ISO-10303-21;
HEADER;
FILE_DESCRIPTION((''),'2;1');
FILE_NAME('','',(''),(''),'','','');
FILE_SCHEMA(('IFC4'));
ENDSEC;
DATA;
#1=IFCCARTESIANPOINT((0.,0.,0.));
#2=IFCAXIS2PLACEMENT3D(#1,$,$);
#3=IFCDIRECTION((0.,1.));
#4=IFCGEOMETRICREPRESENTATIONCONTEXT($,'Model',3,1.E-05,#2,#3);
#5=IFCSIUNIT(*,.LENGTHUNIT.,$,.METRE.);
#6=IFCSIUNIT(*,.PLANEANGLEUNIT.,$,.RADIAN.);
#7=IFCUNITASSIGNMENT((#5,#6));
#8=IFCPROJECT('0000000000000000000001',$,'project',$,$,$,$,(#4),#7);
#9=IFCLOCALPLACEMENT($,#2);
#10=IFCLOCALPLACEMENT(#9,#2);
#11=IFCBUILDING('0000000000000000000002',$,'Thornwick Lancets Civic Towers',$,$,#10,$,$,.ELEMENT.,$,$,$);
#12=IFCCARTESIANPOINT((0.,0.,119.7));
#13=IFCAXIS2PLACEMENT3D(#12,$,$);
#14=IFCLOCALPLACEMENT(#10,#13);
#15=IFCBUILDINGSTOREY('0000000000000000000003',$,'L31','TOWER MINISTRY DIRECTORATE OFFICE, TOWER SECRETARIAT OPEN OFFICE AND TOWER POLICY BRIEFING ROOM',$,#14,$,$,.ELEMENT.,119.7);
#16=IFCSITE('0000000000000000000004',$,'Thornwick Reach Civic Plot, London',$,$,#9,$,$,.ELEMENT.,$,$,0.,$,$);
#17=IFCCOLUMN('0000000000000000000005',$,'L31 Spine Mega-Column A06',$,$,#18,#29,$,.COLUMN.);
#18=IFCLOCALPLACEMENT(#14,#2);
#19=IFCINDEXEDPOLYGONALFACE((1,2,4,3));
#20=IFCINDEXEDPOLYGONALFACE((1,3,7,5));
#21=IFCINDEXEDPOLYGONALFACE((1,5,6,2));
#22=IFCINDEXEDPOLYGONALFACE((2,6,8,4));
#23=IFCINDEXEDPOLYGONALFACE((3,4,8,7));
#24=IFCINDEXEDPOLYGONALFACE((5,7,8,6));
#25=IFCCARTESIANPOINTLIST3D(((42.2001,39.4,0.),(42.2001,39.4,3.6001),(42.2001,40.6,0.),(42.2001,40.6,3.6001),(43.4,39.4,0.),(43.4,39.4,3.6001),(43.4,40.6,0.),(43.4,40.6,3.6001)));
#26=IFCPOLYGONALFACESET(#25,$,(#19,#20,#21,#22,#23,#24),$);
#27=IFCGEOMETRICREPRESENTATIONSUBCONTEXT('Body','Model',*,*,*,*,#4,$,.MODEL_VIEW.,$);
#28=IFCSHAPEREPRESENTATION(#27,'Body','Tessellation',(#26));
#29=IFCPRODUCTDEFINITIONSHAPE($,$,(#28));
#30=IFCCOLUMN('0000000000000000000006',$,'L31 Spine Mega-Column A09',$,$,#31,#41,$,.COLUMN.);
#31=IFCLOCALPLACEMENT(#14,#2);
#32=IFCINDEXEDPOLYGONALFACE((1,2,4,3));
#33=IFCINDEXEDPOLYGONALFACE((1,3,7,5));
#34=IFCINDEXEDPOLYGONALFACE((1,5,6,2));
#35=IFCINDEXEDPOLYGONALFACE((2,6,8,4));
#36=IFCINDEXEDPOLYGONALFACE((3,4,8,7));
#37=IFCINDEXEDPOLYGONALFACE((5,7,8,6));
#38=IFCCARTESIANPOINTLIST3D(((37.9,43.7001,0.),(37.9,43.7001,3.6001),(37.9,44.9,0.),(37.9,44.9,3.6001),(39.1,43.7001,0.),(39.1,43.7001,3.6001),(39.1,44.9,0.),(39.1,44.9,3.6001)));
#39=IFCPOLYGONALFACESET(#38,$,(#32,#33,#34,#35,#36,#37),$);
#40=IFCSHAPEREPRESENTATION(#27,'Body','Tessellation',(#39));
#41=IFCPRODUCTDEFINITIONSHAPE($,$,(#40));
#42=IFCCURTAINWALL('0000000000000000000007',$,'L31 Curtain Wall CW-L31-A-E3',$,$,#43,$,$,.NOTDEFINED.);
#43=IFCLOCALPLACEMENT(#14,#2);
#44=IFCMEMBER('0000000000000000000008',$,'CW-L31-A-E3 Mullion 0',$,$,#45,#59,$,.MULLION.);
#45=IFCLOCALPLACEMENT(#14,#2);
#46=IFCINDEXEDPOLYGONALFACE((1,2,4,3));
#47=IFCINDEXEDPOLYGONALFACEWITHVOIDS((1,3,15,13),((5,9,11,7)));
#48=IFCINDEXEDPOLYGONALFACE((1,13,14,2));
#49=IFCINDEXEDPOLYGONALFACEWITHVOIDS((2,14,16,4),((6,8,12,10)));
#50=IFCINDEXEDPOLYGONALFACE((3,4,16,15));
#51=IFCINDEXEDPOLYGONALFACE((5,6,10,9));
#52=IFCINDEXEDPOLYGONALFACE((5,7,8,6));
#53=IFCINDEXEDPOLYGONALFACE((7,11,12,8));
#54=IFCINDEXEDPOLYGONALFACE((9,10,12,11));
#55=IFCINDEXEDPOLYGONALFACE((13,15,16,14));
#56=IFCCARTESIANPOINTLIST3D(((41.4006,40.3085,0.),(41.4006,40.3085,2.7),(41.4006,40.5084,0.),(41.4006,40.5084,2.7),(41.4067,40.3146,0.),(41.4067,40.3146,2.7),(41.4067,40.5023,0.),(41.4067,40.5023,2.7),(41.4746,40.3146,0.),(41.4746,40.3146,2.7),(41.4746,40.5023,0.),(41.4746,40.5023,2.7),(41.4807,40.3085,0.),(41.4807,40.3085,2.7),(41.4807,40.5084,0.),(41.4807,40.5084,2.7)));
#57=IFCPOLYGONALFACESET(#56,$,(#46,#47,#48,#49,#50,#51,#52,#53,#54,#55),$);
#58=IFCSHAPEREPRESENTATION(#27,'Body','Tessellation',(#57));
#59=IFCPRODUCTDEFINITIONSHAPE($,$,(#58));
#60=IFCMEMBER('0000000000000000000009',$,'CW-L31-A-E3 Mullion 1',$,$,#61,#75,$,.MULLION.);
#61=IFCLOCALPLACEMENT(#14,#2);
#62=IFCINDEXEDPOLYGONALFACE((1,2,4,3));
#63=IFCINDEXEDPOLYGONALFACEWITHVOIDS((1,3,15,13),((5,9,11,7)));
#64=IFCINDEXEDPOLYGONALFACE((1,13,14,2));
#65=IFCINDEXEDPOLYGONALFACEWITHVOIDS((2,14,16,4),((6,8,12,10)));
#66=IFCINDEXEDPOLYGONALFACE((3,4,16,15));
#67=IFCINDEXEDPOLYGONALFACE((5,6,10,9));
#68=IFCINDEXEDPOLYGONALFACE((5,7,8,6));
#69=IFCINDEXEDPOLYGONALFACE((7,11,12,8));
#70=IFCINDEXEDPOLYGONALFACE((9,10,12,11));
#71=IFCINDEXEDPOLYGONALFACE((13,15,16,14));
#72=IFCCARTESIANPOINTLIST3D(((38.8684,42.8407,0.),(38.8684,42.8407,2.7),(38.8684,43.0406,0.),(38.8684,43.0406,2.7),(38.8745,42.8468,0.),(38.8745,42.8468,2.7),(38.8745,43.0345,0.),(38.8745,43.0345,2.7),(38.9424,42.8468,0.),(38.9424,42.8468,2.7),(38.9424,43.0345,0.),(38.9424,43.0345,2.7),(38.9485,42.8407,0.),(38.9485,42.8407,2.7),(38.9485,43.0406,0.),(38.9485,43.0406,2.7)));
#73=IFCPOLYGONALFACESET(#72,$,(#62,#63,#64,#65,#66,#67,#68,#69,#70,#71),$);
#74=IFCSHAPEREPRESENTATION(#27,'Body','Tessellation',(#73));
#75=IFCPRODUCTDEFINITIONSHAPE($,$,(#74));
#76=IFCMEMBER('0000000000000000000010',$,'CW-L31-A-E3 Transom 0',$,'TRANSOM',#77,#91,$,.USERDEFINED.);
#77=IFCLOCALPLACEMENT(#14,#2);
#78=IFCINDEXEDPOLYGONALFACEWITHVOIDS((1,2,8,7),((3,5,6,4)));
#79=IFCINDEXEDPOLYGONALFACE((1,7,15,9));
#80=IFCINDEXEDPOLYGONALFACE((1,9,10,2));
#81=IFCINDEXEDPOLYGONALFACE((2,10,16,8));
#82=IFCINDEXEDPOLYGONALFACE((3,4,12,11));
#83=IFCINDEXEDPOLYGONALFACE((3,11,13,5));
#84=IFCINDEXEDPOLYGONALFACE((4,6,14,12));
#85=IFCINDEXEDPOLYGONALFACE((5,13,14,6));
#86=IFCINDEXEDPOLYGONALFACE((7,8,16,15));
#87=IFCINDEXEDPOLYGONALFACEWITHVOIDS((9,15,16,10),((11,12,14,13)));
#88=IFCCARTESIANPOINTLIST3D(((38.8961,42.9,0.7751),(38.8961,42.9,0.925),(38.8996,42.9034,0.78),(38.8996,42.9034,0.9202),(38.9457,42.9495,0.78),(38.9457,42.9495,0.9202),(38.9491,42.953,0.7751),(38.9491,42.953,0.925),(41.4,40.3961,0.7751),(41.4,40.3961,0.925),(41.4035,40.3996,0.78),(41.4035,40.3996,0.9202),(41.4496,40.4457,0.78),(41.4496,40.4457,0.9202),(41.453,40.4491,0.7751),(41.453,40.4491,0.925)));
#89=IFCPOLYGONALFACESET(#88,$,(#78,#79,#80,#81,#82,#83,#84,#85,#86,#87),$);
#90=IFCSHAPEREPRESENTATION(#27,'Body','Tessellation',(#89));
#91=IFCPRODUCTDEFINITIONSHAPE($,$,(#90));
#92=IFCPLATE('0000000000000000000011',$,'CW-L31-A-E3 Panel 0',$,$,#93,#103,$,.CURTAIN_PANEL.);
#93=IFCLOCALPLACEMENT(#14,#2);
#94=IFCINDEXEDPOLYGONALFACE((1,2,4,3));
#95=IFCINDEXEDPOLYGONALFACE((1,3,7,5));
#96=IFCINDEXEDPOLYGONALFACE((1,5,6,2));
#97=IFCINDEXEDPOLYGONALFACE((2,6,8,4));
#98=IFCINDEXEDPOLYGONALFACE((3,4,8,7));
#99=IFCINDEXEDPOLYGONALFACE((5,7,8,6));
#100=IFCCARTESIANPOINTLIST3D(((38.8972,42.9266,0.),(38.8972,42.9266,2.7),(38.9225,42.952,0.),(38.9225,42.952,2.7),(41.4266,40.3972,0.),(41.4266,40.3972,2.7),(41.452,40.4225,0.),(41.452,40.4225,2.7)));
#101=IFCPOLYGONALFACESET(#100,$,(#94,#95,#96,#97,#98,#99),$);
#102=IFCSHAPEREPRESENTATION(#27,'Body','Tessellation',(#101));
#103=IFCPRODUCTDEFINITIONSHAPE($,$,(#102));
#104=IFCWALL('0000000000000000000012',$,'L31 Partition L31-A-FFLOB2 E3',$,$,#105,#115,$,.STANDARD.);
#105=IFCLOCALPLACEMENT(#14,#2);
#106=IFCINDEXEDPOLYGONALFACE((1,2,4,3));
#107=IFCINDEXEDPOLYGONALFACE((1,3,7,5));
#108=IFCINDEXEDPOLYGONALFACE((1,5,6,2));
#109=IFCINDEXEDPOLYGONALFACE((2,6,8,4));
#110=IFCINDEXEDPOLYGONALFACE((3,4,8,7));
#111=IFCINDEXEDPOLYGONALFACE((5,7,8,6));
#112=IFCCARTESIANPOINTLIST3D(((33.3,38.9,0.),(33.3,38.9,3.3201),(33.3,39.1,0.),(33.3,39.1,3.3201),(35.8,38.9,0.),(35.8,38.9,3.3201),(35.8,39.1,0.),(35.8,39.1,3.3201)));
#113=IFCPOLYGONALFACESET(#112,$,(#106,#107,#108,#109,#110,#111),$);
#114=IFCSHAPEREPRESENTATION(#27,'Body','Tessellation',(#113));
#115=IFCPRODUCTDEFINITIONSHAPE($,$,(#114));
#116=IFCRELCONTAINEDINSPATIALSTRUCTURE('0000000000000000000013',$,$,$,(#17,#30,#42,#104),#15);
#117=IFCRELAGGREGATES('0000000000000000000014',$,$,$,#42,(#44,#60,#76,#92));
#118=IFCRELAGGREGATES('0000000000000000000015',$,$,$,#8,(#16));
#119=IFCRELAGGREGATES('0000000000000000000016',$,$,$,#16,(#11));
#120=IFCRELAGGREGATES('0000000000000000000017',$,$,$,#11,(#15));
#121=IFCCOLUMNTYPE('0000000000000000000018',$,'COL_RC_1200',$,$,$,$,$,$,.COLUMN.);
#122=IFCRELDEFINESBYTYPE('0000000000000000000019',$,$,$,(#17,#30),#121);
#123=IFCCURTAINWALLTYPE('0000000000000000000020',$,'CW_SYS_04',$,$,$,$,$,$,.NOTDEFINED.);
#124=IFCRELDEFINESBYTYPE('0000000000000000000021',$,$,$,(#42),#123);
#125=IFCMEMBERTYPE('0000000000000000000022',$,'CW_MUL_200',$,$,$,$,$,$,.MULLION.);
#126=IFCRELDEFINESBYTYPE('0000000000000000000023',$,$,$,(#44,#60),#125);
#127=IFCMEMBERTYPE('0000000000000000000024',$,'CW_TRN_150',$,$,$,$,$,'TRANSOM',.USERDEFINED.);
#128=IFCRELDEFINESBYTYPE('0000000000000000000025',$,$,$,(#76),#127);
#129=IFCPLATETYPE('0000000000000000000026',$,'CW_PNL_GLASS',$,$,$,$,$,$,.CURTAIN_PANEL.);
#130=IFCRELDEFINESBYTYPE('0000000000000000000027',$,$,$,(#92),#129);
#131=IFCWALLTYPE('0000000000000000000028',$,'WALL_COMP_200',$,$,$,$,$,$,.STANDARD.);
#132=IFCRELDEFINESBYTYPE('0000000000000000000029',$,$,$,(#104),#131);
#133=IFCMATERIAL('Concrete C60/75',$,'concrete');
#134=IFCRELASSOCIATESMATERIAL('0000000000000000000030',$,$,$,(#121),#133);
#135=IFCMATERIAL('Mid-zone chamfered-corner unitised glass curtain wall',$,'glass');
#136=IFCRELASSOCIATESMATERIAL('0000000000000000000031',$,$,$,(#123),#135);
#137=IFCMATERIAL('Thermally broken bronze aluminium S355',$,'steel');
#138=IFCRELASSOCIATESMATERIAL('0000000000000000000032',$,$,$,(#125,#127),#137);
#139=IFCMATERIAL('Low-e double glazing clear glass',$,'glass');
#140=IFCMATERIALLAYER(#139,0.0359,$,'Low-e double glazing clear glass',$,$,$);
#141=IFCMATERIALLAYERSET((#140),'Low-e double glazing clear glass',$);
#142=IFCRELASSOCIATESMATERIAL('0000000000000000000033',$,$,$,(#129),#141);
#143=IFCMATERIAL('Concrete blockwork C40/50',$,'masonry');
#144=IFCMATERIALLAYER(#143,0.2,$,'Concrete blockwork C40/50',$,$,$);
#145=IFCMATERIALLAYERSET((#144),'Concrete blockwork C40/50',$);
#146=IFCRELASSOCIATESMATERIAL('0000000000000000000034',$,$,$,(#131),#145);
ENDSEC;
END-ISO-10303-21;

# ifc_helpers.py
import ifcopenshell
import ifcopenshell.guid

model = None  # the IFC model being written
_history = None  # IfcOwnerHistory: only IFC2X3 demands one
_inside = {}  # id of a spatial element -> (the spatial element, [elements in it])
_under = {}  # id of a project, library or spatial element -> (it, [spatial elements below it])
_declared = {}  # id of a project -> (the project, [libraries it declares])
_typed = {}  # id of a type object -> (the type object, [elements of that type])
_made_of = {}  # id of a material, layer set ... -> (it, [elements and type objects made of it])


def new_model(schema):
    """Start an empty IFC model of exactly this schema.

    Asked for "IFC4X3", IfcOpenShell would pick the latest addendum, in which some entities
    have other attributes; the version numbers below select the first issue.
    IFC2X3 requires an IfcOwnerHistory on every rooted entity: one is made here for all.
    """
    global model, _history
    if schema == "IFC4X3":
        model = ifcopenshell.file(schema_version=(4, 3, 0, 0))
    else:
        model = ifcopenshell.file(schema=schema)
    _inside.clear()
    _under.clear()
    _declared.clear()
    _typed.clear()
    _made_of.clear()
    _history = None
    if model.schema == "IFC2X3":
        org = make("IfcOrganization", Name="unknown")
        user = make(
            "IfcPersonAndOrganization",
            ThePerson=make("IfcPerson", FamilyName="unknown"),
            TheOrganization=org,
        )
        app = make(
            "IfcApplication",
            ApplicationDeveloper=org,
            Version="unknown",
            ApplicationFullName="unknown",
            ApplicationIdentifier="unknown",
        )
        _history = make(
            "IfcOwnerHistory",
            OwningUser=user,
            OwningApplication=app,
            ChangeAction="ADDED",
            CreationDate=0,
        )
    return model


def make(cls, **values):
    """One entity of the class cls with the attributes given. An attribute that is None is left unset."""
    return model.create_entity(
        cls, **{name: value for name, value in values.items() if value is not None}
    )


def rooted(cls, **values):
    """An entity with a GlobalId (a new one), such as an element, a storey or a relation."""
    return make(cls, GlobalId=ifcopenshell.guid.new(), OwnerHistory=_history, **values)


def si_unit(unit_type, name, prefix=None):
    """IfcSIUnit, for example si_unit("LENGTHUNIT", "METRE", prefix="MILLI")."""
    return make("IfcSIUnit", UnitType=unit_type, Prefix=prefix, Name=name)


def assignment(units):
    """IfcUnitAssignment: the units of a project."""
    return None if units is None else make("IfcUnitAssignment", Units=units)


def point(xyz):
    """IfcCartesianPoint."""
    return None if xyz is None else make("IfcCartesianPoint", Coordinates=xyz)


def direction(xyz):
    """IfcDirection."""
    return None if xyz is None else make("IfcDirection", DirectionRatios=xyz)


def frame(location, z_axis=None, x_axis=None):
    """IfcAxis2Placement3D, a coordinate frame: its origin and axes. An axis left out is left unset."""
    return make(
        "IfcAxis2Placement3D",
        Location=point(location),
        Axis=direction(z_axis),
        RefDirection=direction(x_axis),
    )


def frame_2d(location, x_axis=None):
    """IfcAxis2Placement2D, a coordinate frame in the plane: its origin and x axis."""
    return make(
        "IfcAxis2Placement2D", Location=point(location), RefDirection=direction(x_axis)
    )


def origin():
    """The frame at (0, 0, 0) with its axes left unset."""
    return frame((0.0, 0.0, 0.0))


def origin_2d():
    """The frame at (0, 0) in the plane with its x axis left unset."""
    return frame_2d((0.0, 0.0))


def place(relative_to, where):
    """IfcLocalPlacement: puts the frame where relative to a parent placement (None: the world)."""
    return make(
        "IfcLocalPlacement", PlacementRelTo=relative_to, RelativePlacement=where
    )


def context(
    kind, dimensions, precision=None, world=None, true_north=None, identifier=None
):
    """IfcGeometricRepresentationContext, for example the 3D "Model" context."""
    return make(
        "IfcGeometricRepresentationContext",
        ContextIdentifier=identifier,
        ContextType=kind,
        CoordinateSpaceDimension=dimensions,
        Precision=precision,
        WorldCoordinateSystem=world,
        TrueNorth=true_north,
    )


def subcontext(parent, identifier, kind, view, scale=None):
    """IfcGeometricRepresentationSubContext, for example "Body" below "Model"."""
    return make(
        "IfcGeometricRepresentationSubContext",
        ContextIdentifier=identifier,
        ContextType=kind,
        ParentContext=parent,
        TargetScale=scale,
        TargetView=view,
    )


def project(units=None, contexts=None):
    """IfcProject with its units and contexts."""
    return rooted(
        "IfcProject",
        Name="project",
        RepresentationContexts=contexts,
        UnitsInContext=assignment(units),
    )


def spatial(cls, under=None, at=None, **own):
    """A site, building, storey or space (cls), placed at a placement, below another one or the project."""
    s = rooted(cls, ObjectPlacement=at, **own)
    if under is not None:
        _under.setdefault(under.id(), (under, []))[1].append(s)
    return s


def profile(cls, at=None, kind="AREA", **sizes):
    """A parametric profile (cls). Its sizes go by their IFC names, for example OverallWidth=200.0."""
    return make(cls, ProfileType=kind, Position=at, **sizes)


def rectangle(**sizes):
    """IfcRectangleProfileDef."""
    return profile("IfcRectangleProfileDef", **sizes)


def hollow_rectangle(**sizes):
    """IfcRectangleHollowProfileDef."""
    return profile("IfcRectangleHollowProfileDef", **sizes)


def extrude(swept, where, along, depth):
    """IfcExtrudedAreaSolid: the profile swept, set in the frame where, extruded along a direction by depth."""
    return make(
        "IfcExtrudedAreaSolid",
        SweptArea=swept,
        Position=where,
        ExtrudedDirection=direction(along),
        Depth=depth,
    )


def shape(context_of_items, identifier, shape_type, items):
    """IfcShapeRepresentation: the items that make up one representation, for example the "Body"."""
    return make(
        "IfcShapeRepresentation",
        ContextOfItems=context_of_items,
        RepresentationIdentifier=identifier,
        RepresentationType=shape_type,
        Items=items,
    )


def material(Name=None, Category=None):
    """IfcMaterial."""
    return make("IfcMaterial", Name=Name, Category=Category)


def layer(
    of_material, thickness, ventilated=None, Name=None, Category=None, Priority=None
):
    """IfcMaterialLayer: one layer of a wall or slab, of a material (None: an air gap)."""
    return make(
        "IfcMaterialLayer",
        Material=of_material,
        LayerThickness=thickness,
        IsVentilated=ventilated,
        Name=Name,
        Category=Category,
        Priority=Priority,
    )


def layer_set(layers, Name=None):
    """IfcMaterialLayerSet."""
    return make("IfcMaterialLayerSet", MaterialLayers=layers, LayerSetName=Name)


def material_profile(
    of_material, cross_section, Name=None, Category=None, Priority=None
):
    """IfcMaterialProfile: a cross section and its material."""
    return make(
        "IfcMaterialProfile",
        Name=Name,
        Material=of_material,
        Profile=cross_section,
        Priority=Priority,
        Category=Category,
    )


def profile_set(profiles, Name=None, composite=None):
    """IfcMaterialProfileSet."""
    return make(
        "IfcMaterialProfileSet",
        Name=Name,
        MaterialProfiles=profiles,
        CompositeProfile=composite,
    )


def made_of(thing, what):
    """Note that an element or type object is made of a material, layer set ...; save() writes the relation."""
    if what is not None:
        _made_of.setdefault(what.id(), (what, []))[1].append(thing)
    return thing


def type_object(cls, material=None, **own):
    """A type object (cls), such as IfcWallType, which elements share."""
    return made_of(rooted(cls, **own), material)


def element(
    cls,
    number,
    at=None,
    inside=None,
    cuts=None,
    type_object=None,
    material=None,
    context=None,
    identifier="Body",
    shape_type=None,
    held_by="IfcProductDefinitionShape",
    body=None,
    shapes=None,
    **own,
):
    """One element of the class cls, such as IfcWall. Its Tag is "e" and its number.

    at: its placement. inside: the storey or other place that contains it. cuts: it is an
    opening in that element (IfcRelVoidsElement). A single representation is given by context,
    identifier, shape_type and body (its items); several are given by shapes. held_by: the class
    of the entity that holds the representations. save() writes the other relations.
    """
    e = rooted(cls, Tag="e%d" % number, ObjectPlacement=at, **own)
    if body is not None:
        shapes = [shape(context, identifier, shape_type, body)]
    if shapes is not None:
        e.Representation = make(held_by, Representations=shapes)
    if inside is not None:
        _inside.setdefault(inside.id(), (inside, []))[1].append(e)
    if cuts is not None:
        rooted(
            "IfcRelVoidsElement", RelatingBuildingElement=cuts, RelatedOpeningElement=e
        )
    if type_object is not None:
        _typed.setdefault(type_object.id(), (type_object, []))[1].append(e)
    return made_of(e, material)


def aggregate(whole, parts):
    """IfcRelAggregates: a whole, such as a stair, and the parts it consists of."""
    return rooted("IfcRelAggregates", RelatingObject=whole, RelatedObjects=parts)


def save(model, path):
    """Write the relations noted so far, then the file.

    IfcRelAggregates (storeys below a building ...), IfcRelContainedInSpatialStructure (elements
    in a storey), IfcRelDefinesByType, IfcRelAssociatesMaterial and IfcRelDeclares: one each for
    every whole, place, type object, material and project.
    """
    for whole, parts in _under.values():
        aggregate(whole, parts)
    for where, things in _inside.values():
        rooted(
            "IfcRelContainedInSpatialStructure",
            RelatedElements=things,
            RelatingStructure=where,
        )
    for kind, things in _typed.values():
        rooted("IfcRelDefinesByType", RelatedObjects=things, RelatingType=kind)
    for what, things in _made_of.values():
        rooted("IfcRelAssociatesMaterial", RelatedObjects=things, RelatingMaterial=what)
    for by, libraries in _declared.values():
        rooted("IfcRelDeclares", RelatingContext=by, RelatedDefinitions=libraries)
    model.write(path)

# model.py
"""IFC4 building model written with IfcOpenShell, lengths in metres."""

from ifc_helpers import new_model, si_unit, direction, frame, frame_2d, origin, origin_2d, place, context, subcontext, project, spatial, rectangle, hollow_rectangle, extrude, material, layer, layer_set, material_profile, profile_set, type_object, element, aggregate, save


model = new_model("IFC4")

# Units and contexts
model_context = context("Model", 3, precision=1e-05, world=origin(), true_north=direction((0.0, 1.0)))
body_context = subcontext(model_context, "Body", "Model", "MODEL_VIEW")
ifc_project = project(units=[si_unit("LENGTHUNIT", "METRE"), si_unit("PLANEANGLEUNIT", "RADIAN")], contexts=[model_context])

# Site, building, storey
site_placement = place(None, origin())
site = spatial("IfcSite", under=ifc_project, at=site_placement, Name="Thornwick Reach Civic Plot, London", CompositionType="ELEMENT", RefElevation=0.0)
building_placement = place(site_placement, origin())
building = spatial("IfcBuilding", under=site, at=building_placement, Name="Thornwick Lancets Civic Towers", CompositionType="ELEMENT")
storey_placement = place(building_placement, frame((0.0, 0.0, 119.7)))
storey = spatial("IfcBuildingStorey", under=building, at=storey_placement, Name="L31", Description="TOWER MINISTRY DIRECTORATE OFFICE, TOWER SECRETARIAT OPEN OFFICE AND TOWER POLICY BRIEFING ROOM", CompositionType="ELEMENT", Elevation=119.7)

# Columns
ifc_material_1 = material(Name="Concrete C60/75", Category="concrete")
ifc_material_profile_1 = material_profile(ifc_material_1, rectangle(XDim=1.2, YDim=1.2, at=origin_2d()), Name="RC 1200x1200")
ifc_profile_set_1 = profile_set([ifc_material_profile_1], Name="Concrete C60/75")
column_type = type_object("IfcColumnType", Name="COL_RC_1200", PredefinedType="COLUMN", material=ifc_profile_set_1)
for number, where, z_axis, x_axis, name in (
    (1, (42.8, 40.0, 0.0), (0.0, 0.0, 1.0), (1.0, 0.0, 0.0), "L31 Spine Mega-Column A06"),
    (2, (38.5, 44.3, 0.0), (0.0, 0.0, 1.0), (1.0, 0.0, 0.0), "L31 Spine Mega-Column A09"),
):
    element("IfcColumn", number, at=place(storey_placement, frame(where, z_axis=z_axis, x_axis=x_axis)), inside=storey, type_object=column_type, Name=name, PredefinedType="COLUMN", context=body_context, shape_type="SweptSolid", body=[
        extrude(rectangle(XDim=1.2, YDim=1.2, at=origin_2d()), origin(), (0.0, 0.0, 1.0), 3.6001),
    ])

# Curtain wall, members, plate
ifc_material_2 = material(Name="Mid-zone chamfered-corner unitised glass curtain wall", Category="glass")
curtain_wall_type = type_object("IfcCurtainWallType", Name="CW_SYS_04", PredefinedType="NOTDEFINED", material=ifc_material_2)
curtain_wall_placement = place(storey_placement, origin())
curtain_wall = element("IfcCurtainWall", 3, at=curtain_wall_placement, inside=storey, type_object=curtain_wall_type, Name="L31 Curtain Wall CW-L31-A-E3", PredefinedType="NOTDEFINED")
ifc_material_3 = material(Name="Thermally broken bronze aluminium S355", Category="steel")
ifc_material_profile_2 = material_profile(ifc_material_3, hollow_rectangle(XDim=0.0801, YDim=0.2, WallThickness=0.0061, at=origin_2d()), Name="RHS 200x80x6")
ifc_profile_set_2 = profile_set([ifc_material_profile_2], Name="Thermally broken bronze aluminium S355")
member_type_1 = type_object("IfcMemberType", Name="CW_MUL_200", PredefinedType="MULLION", material=ifc_profile_set_2)
member_1_placement = place(storey_placement, frame((41.4407, 40.4084, 0.0), z_axis=(0.0, 0.0, 1.0), x_axis=(1.0, 0.0, 0.0)))
member_1 = element("IfcMember", 4, at=member_1_placement, type_object=member_type_1, Name="CW-L31-A-E3 Mullion 0", PredefinedType="MULLION", context=body_context, shape_type="SweptSolid", body=[
    extrude(hollow_rectangle(XDim=0.0801, YDim=0.2, WallThickness=0.0061, at=origin_2d()), origin(), (0.0, 0.0, 1.0), 2.7),
])
member_2_placement = place(storey_placement, frame((38.9084, 42.9407, 0.0), z_axis=(0.0, 0.0, 1.0), x_axis=(1.0, 0.0, 0.0)))
member_2 = element("IfcMember", 5, at=member_2_placement, type_object=member_type_1, Name="CW-L31-A-E3 Mullion 1", PredefinedType="MULLION", context=body_context, shape_type="SweptSolid", body=[
    extrude(hollow_rectangle(XDim=0.0801, YDim=0.2, WallThickness=0.0061, at=origin_2d()), origin(), (0.0, 0.0, 1.0), 2.7),
])
ifc_material_profile_3 = material_profile(ifc_material_3, hollow_rectangle(XDim=0.075, YDim=0.1499, WallThickness=0.0049, at=origin_2d()), Name="RHS 150x75x5")
ifc_profile_set_3 = profile_set([ifc_material_profile_3], Name="Thermally broken bronze aluminium S355")
member_type_2 = type_object("IfcMemberType", Name="CW_TRN_150", ElementType="TRANSOM", PredefinedType="USERDEFINED", material=ifc_profile_set_3)
member_3_placement = place(storey_placement, frame((41.4265, 40.4226, 0.8501), z_axis=(-0.707107, 0.707107, 0.0), x_axis=(-0.707107, -0.707107, 0.0)))
member_3 = element("IfcMember", 6, at=member_3_placement, type_object=member_type_2, Name="CW-L31-A-E3 Transom 0", ObjectType="TRANSOM", PredefinedType="USERDEFINED", context=body_context, shape_type="SweptSolid", body=[
    extrude(hollow_rectangle(XDim=0.075, YDim=0.1499, WallThickness=0.0049, at=origin_2d()), origin(), (0.0, 0.0, 1.0), 3.541),
])
ifc_material_4 = material(Name="Low-e double glazing clear glass", Category="glass")
ifc_layer_1 = layer(ifc_material_4, 0.0359, Name="Low-e double glazing clear glass")
ifc_layer_set_1 = layer_set([ifc_layer_1], Name="Low-e double glazing clear glass")
plate_type = type_object("IfcPlateType", Name="CW_PNL_GLASS", PredefinedType="CURTAIN_PANEL", material=ifc_layer_set_1)
plate_placement = place(storey_placement, frame((40.1746, 41.6746, 0.0), z_axis=(0.0, 0.0, 1.0), x_axis=(-0.707107, 0.707107, 0.0)))
plate = element("IfcPlate", 7, at=plate_placement, type_object=plate_type, Name="CW-L31-A-E3 Panel 0", PredefinedType="CURTAIN_PANEL", context=body_context, shape_type="SweptSolid", body=[
    extrude(rectangle(XDim=3.5771, YDim=0.0359, at=origin_2d()), origin(), (0.0, 0.0, 1.0), 2.7),
])
aggregate(curtain_wall, [member_1, member_2, member_3, plate])

# Wall
ifc_material_5 = material(Name="Concrete blockwork C40/50", Category="masonry")
ifc_layer_2 = layer(ifc_material_5, 0.2, Name="Concrete blockwork C40/50")
ifc_layer_set_2 = layer_set([ifc_layer_2], Name="Concrete blockwork C40/50")
wall_type_1 = type_object("IfcWallType", Name="WALL_COMP_200", PredefinedType="STANDARD", material=ifc_layer_set_2)
wall_1_placement = place(storey_placement, frame((35.8, 39.0, 0.0), z_axis=(0.0, 0.0, 1.0), x_axis=(-1.0, 0.0, 0.0)))
element("IfcWall", 8, at=wall_1_placement, inside=storey, type_object=wall_type_1, Name="L31 Partition L31-A-FFLOB2 E3", PredefinedType="STANDARD", context=body_context, shape_type="SweptSolid", body=[
    extrude(rectangle(XDim=2.5, YDim=0.2, at=frame_2d((1.25, 0.0))), origin(), (0.0, 0.0, 1.0), 3.3201),
])

save(model, "model.ifc")
